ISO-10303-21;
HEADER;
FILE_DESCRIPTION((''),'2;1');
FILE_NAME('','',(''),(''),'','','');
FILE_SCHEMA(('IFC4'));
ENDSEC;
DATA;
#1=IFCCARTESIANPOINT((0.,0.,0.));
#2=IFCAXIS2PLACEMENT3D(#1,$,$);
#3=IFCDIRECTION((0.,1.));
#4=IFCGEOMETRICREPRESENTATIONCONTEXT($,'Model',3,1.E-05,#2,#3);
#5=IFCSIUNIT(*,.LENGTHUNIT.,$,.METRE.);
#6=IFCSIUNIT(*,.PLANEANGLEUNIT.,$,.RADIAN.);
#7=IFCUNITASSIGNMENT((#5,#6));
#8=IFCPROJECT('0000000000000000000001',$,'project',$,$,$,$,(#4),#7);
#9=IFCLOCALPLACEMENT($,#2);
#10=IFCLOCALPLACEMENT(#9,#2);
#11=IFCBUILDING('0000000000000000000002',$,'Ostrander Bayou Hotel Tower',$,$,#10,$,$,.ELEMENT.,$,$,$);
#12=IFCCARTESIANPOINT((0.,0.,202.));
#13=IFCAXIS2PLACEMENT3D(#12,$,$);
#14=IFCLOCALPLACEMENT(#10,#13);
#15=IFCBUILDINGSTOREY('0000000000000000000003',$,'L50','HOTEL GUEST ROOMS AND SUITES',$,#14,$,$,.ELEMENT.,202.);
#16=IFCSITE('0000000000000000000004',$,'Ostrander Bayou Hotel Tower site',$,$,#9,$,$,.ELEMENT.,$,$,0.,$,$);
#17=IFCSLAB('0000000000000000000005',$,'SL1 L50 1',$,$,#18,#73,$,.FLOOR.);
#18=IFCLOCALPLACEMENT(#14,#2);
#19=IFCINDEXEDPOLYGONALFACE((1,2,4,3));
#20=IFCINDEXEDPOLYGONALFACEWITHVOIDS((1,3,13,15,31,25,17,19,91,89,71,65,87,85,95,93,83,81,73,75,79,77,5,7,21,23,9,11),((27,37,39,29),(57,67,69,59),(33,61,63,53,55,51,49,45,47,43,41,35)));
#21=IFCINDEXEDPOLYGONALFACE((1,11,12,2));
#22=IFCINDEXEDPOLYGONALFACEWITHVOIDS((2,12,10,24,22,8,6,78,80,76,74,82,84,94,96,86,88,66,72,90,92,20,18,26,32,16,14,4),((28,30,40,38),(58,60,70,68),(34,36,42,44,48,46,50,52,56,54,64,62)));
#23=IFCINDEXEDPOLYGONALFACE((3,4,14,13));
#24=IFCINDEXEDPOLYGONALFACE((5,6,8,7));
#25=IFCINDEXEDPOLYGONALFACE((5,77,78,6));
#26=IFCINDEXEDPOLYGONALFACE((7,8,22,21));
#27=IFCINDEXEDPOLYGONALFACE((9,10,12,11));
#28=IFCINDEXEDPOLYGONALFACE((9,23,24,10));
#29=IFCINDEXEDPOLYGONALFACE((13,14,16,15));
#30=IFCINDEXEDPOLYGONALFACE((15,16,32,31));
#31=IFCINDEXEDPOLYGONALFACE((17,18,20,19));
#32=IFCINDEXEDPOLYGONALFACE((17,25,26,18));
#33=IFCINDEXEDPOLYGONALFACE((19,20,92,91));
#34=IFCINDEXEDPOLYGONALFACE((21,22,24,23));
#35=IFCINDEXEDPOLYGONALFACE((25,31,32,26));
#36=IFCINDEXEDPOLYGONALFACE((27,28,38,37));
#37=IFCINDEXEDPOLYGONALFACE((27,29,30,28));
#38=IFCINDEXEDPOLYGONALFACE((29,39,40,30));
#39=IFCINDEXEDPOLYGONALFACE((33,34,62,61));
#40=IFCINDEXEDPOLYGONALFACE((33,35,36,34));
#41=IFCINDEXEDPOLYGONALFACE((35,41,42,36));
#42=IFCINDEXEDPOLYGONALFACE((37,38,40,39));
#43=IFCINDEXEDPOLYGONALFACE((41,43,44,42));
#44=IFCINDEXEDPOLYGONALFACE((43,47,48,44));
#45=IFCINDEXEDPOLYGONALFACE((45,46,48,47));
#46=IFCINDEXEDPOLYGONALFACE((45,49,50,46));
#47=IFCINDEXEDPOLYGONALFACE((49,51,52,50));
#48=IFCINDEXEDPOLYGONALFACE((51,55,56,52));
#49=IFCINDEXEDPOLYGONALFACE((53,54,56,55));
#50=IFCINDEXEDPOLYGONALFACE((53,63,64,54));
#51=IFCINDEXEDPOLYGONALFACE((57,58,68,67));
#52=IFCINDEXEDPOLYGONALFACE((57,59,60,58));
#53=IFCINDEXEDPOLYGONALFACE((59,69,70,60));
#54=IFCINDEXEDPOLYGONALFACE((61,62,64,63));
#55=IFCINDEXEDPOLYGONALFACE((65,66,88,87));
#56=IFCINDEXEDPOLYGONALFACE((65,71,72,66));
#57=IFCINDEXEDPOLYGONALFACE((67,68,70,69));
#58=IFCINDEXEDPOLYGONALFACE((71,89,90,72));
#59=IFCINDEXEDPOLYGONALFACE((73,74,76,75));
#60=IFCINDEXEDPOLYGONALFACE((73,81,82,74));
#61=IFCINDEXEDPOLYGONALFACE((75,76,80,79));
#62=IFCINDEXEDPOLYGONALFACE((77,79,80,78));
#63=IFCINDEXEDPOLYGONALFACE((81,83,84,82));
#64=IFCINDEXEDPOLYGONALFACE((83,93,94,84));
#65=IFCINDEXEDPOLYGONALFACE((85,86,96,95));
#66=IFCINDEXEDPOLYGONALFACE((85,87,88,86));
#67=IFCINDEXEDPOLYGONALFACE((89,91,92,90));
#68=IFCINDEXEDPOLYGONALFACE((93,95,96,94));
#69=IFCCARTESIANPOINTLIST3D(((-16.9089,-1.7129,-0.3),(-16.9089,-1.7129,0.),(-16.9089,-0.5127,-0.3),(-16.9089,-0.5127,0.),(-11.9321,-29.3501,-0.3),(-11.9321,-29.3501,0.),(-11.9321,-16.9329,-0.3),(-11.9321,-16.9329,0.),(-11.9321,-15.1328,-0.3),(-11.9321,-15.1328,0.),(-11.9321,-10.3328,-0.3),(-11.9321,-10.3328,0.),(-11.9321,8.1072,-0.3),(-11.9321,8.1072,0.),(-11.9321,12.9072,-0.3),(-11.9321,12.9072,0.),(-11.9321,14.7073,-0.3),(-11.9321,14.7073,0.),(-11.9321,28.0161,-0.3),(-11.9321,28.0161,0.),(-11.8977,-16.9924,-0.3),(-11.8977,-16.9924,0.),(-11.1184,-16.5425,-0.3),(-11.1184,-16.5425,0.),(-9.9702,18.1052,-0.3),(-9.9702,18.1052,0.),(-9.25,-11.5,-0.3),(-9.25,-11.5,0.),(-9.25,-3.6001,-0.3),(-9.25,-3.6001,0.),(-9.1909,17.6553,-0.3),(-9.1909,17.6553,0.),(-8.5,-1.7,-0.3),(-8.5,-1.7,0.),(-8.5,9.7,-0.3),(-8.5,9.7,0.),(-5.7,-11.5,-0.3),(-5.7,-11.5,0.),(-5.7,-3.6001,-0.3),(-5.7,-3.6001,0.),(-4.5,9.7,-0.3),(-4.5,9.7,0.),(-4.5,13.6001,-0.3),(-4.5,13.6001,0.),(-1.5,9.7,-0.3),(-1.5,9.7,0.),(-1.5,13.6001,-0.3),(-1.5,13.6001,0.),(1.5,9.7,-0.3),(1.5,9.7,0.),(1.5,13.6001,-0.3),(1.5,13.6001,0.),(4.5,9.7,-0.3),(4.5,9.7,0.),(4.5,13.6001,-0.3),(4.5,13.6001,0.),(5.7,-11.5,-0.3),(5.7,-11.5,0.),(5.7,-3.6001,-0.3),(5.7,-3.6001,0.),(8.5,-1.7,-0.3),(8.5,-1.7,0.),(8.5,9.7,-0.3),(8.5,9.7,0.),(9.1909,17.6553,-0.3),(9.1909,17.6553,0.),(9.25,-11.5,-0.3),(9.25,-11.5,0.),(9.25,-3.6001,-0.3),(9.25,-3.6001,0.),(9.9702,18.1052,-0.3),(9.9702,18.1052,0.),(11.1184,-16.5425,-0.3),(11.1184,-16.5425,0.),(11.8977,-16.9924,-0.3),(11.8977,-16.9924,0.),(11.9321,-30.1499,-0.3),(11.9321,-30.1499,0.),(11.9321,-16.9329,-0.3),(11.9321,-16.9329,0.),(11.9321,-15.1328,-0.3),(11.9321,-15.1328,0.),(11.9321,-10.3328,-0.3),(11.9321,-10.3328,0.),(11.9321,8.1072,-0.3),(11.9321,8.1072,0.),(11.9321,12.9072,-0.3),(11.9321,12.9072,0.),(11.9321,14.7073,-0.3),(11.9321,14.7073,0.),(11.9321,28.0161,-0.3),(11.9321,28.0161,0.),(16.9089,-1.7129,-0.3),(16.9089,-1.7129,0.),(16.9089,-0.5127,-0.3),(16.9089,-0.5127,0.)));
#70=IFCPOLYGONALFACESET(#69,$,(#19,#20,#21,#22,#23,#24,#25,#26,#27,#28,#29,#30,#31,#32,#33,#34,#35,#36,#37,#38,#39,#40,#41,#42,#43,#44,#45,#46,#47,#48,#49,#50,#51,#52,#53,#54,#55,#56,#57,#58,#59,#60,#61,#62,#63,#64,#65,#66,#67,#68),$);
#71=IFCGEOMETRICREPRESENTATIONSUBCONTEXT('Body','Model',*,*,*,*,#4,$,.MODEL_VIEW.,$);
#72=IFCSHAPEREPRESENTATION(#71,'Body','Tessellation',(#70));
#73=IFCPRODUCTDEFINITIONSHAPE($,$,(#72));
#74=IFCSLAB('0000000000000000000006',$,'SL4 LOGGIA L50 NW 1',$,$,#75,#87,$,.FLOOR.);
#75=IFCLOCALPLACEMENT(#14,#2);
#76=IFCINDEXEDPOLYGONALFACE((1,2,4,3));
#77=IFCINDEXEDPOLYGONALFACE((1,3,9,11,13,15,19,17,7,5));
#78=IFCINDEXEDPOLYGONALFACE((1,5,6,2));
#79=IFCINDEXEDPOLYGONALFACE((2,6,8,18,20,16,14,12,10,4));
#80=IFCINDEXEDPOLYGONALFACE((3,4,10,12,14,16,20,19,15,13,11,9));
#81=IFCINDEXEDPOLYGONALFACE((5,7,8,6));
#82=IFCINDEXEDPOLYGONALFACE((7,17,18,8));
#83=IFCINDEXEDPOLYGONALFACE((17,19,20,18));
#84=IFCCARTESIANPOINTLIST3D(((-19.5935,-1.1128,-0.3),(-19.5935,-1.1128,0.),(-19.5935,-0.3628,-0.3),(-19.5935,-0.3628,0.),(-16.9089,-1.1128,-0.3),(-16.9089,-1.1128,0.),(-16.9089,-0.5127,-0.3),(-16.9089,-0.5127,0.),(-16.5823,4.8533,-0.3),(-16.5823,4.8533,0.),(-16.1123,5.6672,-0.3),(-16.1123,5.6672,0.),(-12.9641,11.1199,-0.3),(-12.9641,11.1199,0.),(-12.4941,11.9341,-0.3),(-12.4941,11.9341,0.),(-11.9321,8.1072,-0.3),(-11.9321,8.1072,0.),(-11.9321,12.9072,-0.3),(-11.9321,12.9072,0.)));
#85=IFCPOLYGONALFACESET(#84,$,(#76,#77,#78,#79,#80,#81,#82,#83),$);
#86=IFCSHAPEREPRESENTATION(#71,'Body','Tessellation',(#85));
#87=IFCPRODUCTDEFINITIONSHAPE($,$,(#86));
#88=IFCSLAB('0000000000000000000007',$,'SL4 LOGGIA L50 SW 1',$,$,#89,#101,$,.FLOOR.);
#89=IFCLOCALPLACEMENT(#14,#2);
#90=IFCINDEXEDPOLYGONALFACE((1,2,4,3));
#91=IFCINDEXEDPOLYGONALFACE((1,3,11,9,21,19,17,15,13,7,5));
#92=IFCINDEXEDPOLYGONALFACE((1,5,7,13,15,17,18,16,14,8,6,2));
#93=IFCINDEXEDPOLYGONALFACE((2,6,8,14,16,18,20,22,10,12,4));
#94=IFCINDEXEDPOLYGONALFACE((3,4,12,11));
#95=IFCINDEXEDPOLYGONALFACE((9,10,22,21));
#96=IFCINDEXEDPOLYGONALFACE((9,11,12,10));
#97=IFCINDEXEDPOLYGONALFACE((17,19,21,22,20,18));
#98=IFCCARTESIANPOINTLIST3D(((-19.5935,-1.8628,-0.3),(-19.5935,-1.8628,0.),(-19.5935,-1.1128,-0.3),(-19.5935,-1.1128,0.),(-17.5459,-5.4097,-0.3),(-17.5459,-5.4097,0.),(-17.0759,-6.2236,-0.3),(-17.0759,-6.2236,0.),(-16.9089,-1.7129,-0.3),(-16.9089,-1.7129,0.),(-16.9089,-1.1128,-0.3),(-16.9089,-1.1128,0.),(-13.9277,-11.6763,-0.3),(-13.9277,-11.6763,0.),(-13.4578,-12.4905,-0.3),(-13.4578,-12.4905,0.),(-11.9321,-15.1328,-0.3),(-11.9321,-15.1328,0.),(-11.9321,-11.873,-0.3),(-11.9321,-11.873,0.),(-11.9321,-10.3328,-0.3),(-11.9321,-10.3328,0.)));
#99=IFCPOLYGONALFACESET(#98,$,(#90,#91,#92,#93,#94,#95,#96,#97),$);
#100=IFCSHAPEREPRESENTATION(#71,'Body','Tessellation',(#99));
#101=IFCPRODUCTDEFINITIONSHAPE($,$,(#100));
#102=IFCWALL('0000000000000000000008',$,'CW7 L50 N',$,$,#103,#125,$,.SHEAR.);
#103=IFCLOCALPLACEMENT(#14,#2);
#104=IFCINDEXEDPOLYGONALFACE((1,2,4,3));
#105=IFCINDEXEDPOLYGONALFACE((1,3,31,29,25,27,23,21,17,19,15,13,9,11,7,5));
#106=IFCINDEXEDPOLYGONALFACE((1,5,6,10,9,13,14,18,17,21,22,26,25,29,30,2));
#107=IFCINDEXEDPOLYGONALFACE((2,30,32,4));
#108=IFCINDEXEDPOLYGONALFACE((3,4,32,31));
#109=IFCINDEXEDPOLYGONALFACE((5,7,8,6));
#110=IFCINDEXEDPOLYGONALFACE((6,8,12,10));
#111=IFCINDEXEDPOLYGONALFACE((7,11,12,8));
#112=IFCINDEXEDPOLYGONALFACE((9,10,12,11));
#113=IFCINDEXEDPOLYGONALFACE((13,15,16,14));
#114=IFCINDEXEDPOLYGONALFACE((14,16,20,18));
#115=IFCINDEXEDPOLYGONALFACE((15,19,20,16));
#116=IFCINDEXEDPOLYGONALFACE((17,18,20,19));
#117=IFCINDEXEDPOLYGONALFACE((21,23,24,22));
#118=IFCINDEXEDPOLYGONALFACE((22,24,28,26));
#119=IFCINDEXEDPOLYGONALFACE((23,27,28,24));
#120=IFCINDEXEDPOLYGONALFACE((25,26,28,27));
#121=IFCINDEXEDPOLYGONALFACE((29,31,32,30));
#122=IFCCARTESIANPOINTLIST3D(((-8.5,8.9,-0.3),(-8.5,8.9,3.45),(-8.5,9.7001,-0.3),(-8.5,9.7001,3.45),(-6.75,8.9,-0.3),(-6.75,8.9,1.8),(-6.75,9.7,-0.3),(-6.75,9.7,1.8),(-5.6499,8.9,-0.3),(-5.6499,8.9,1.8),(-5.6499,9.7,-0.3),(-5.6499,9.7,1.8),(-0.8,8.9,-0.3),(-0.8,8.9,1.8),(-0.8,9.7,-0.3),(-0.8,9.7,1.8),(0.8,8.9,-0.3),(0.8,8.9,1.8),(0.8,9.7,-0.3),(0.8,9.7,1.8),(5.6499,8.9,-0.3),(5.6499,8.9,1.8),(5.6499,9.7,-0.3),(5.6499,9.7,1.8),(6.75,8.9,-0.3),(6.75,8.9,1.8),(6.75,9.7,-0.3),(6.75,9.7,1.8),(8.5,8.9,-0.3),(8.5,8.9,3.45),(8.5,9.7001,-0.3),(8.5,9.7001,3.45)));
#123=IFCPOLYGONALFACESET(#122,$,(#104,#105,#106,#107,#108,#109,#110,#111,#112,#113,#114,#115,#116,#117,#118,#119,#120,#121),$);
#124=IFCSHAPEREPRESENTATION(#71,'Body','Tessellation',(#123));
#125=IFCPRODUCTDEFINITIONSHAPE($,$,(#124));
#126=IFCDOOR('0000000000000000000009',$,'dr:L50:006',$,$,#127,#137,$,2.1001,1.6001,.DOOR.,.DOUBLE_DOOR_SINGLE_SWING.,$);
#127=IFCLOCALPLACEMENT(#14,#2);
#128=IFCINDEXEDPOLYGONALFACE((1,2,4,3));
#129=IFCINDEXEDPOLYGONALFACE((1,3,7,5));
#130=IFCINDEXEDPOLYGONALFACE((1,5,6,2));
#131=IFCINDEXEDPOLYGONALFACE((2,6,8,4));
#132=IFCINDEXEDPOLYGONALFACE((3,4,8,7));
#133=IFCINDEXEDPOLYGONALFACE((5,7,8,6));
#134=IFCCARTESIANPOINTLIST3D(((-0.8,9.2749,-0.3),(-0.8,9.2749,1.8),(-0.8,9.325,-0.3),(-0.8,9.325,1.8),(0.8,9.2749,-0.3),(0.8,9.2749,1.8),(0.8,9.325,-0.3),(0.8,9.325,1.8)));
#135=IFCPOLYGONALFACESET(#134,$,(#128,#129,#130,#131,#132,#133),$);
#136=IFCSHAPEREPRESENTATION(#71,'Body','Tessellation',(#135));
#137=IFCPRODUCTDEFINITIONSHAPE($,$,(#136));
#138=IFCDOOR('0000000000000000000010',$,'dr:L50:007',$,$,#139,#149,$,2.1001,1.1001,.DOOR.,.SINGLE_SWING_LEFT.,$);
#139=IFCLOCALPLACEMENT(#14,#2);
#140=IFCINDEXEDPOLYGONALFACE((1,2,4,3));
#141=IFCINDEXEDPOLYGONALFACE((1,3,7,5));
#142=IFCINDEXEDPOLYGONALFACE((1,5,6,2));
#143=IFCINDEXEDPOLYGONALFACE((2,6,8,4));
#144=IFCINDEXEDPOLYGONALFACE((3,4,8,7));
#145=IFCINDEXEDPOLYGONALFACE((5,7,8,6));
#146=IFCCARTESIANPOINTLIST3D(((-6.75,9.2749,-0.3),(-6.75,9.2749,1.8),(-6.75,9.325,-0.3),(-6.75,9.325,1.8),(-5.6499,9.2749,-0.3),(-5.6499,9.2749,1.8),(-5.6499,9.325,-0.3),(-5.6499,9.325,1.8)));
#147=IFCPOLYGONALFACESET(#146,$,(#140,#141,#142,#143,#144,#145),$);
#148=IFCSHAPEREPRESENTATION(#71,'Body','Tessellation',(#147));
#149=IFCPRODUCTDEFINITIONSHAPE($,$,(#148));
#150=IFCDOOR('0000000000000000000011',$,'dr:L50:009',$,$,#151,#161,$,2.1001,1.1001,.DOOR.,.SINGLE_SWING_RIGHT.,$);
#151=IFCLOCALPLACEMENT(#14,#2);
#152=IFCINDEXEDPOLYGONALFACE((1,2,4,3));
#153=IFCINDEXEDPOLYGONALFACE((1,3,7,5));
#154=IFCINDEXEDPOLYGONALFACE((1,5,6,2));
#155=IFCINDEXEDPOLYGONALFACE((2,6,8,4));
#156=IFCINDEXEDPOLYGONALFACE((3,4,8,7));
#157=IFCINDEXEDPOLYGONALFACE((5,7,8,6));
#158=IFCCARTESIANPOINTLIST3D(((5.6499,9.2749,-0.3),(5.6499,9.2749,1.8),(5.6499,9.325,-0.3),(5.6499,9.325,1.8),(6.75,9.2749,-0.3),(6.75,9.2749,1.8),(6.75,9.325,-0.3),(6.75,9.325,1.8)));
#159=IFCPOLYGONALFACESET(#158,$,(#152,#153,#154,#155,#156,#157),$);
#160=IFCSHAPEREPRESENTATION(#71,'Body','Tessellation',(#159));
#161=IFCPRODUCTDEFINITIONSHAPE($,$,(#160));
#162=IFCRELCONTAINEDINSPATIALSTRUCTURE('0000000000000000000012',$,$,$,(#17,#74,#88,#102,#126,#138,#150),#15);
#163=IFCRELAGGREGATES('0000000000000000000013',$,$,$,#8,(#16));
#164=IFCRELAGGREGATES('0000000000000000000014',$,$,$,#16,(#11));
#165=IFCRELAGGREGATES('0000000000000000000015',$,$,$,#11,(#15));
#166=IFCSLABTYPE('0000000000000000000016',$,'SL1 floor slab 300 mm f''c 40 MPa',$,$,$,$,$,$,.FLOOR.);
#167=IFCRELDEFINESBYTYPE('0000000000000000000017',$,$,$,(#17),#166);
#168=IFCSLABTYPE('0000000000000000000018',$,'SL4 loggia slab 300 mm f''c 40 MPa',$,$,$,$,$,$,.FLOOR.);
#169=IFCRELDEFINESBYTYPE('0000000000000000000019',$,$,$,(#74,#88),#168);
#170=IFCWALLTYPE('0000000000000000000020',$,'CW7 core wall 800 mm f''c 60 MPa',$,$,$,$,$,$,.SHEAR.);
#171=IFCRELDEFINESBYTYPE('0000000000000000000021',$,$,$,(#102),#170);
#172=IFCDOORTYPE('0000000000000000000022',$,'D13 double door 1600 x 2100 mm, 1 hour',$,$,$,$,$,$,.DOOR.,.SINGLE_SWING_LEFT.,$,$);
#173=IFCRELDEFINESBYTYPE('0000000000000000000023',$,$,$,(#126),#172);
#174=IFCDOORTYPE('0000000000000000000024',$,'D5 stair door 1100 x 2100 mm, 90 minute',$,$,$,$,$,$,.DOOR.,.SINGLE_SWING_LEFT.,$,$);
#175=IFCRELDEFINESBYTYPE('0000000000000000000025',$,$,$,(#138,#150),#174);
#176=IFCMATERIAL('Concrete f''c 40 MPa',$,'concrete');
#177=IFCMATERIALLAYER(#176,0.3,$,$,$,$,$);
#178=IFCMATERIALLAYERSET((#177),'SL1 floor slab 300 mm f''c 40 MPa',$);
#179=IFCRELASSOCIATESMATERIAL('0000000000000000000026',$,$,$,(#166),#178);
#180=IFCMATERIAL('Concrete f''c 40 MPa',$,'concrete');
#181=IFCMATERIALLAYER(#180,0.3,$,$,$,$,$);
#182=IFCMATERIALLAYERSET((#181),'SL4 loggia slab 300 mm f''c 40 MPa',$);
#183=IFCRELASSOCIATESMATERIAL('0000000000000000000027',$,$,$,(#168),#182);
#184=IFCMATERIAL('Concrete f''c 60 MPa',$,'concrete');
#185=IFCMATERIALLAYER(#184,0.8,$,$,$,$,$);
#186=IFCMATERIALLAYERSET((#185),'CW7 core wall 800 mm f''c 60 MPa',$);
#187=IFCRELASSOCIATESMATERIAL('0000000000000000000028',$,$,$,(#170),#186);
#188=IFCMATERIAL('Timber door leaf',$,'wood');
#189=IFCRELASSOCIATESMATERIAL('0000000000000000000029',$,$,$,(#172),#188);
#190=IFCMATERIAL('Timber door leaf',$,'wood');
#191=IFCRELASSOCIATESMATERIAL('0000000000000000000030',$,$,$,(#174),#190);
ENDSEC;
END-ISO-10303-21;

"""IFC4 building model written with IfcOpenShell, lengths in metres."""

from ifc_helpers import new_model, si_unit, direction, frame, frame_2d, origin, place, context, subcontext, project, spatial, polyline, rectangle, outline, extrude, material, layer, layer_set, type_object, element, fill, save


model = new_model("IFC4")

# Units and contexts
model_context = context("Model", 3, precision=1e-05, world=origin(), true_north=direction((0.0, 1.0)))
body_context = subcontext(model_context, "Body", "Model", "MODEL_VIEW")
ifc_project = project(units=[si_unit("LENGTHUNIT", "METRE"), si_unit("PLANEANGLEUNIT", "RADIAN")], contexts=[model_context])

# Site, building, storey
site_placement = place(None, origin())
site = spatial("IfcSite", under=ifc_project, at=site_placement, Name="Ostrander Bayou Hotel Tower site", CompositionType="ELEMENT", RefElevation=0.0)
building_placement = place(site_placement, origin())
building = spatial("IfcBuilding", under=site, at=building_placement, Name="Ostrander Bayou Hotel Tower", CompositionType="ELEMENT")
storey_placement = place(building_placement, frame((0.0, 0.0, 202.0)))
storey = spatial("IfcBuildingStorey", under=building, at=storey_placement, Name="L50", Description="HOTEL GUEST ROOMS AND SUITES", CompositionType="ELEMENT", Elevation=202.0)

# Slabs
ifc_material_1 = material(Name="Concrete f'c 40 MPa", Category="concrete")
ifc_layer_1 = layer(ifc_material_1, 0.3)
ifc_layer_set_1 = layer_set([ifc_layer_1], Name="SL1 floor slab 300 mm f'c 40 MPa")
slab_type_1 = type_object("IfcSlabType", Name="SL1 floor slab 300 mm f'c 40 MPa", PredefinedType="FLOOR", material=ifc_layer_set_1)
slab_1_placement = place(storey_placement, frame((0.0, 0.0, -0.3)))
element("IfcSlab", 1, at=slab_1_placement, inside=storey, type_object=slab_type_1, Name="SL1 L50 1", PredefinedType="FLOOR", context=body_context, shape_type="SweptSolid", body=[
    extrude(outline(polyline([(-11.8977, -16.9924), (-11.1184, -16.5425), (-11.9321, -15.1328), (-11.9321, -10.3328), (-16.9089, -1.7129), (-16.9089, -0.5127), (-11.9321, 8.1072), (-11.9321, 12.9072), (-9.1909, 17.6553), (-9.9702, 18.1052), (-11.9321, 14.7073), (-11.9321, 28.0161), (11.9321, 28.0161), (11.9321, 14.7073), (9.9702, 18.1052), (9.1909, 17.6553), (11.9321, 12.9072), (11.9321, 8.1072), (16.9089, -0.5127), (16.9089, -1.7129), (11.9321, -10.3328), (11.9321, -15.1328), (11.1184, -16.5425), (11.8977, -16.9924), (11.9321, -16.9329), (11.9321, -30.1499), (-11.9321, -29.3501), (-11.9321, -16.9329), (-11.8977, -16.9924)]), holes=[polyline([(9.25, -3.6001), (5.7, -3.6001), (5.7, -11.5), (9.25, -11.5), (9.25, -3.6001)]), polyline([(-8.5, -1.7), (8.5, -1.7), (8.5, 9.7), (4.5, 9.7), (4.5, 13.6001), (1.5, 13.6001), (1.5, 9.7), (-1.5, 9.7), (-1.5, 13.6001), (-4.5, 13.6001), (-4.5, 9.7), (-8.5, 9.7), (-8.5, -1.7)]), polyline([(-5.7, -3.6001), (-9.25, -3.6001), (-9.25, -11.5), (-5.7, -11.5), (-5.7, -3.6001)])]), origin(), (0.0, 0.0, 1.0), 0.3),
])
ifc_material_2 = material(Name="Concrete f'c 40 MPa", Category="concrete")
ifc_layer_2 = layer(ifc_material_2, 0.3)
ifc_layer_set_2 = layer_set([ifc_layer_2], Name="SL4 loggia slab 300 mm f'c 40 MPa")
slab_type_2 = type_object("IfcSlabType", Name="SL4 loggia slab 300 mm f'c 40 MPa", PredefinedType="FLOOR", material=ifc_layer_set_2)
slab_2_placement = place(storey_placement, frame((0.0, 0.0, -0.3)))
element("IfcSlab", 2, at=slab_2_placement, inside=storey, type_object=slab_type_2, Name="SL4 LOGGIA L50 NW 1", PredefinedType="FLOOR", context=body_context, shape_type="SweptSolid", body=[
    extrude(outline(polyline([(-11.9321, 12.9072), (-11.9321, 8.1072), (-16.9089, -0.5127), (-16.9089, -1.1128), (-19.5935, -1.1128), (-19.5935, -0.3628), (-16.5823, 4.8533), (-16.1123, 5.6672), (-12.9641, 11.1199), (-12.4941, 11.9341), (-11.9321, 12.9072)])), origin(), (0.0, 0.0, 1.0), 0.3),
])
slab_3_placement = place(storey_placement, frame((0.0, 0.0, -0.3)))
element("IfcSlab", 3, at=slab_3_placement, inside=storey, type_object=slab_type_2, Name="SL4 LOGGIA L50 SW 1", PredefinedType="FLOOR", context=body_context, shape_type="SweptSolid", body=[
    extrude(outline(polyline([(-11.9321, -11.873), (-11.9321, -15.1328), (-13.4578, -12.4905), (-13.9277, -11.6763), (-17.0759, -6.2236), (-17.5459, -5.4097), (-19.5935, -1.8628), (-19.5935, -1.1128), (-16.9089, -1.1128), (-16.9089, -1.7129), (-11.9321, -10.3328), (-11.9321, -11.873)])), origin(), (0.0, 0.0, 1.0), 0.3),
])

# Wall, openings, doors
ifc_material_3 = material(Name="Concrete f'c 60 MPa", Category="concrete")
ifc_layer_3 = layer(ifc_material_3, 0.8)
ifc_layer_set_3 = layer_set([ifc_layer_3], Name="CW7 core wall 800 mm f'c 60 MPa")
wall_type_1 = type_object("IfcWallType", Name="CW7 core wall 800 mm f'c 60 MPa", PredefinedType="SHEAR", material=ifc_layer_set_3)
wall_1_placement = place(storey_placement, frame((-8.5, 9.3, -0.3), z_axis=(0.0, 0.0, 1.0), x_axis=(1.0, 0.0, 0.0)))
wall_1 = element("IfcWall", 4, at=wall_1_placement, inside=storey, type_object=wall_type_1, Name="CW7 L50 N", PredefinedType="SHEAR", context=body_context, shape_type="SweptSolid", body=[
    extrude(rectangle(XDim=17.0, YDim=0.8, at=frame_2d((8.5, 0.0))), origin(), (0.0, 0.0, 1.0), 3.75),
])
opening_1_placement = place(wall_1_placement, frame((7.7, 0.0, 0.0)))
opening_1 = element("IfcOpeningElement", 5, at=opening_1_placement, cuts=wall_1, PredefinedType="OPENING", context=body_context, shape_type="SweptSolid", body=[
    extrude(rectangle(XDim=1.6001, YDim=2.1001, at=frame_2d((0.8, 1.05))), frame((0.0, 0.3999, 0.0), z_axis=(0.0, -1.0, 0.0), x_axis=(1.0, 0.0, 0.0)), (0.0, 0.0, 1.0), 0.8),
])
opening_2_placement = place(wall_1_placement, frame((1.75, 0.0, 0.0)))
opening_2 = element("IfcOpeningElement", 6, at=opening_2_placement, cuts=wall_1, PredefinedType="OPENING", context=body_context, shape_type="SweptSolid", body=[
    extrude(rectangle(XDim=1.1001, YDim=2.1001, at=frame_2d((0.55, 1.05))), frame((0.0, 0.3999, 0.0), z_axis=(0.0, -1.0, 0.0), x_axis=(1.0, 0.0, 0.0)), (0.0, 0.0, 1.0), 0.8),
])
opening_3_placement = place(wall_1_placement, frame((14.1499, 0.0, 0.0)))
opening_3 = element("IfcOpeningElement", 7, at=opening_3_placement, cuts=wall_1, PredefinedType="OPENING", context=body_context, shape_type="SweptSolid", body=[
    extrude(rectangle(XDim=1.1001, YDim=2.1001, at=frame_2d((0.55, 1.05))), frame((0.0, 0.3999, 0.0), z_axis=(0.0, -1.0, 0.0), x_axis=(1.0, 0.0, 0.0)), (0.0, 0.0, 1.0), 0.8),
])
ifc_material_4 = material(Name="Timber door leaf", Category="wood")
door_type_1 = type_object("IfcDoorType", Name="D13 double door 1600 x 2100 mm, 1 hour", OperationType="SINGLE_SWING_LEFT", PredefinedType="DOOR", material=ifc_material_4)
door_1_placement = place(opening_1_placement, origin())
door_1 = element("IfcDoor", 8, at=door_1_placement, inside=storey, type_object=door_type_1, Name="dr:L50:006", OperationType="DOUBLE_DOOR_SINGLE_SWING", OverallHeight=2.1001, OverallWidth=1.6001, PredefinedType="DOOR", context=body_context, shape_type="SweptSolid", body=[
    extrude(rectangle(XDim=1.6001, YDim=2.1001, at=frame_2d((0.8, 1.05))), frame((0.0, 0.0249, 0.0), z_axis=(0.0, -1.0, 0.0), x_axis=(1.0, 0.0, 0.0)), (0.0, 0.0, 1.0), 0.05),
])
fill(opening_1, door_1)
ifc_material_5 = material(Name="Timber door leaf", Category="wood")
door_type_2 = type_object("IfcDoorType", Name="D5 stair door 1100 x 2100 mm, 90 minute", OperationType="SINGLE_SWING_LEFT", PredefinedType="DOOR", material=ifc_material_5)
door_2_placement = place(opening_2_placement, origin())
door_2 = element("IfcDoor", 9, at=door_2_placement, inside=storey, type_object=door_type_2, Name="dr:L50:007", OperationType="SINGLE_SWING_LEFT", OverallHeight=2.1001, OverallWidth=1.1001, PredefinedType="DOOR", context=body_context, shape_type="SweptSolid", body=[
    extrude(rectangle(XDim=1.1001, YDim=2.1001, at=frame_2d((0.55, 1.05))), frame((0.0, 0.0249, 0.0), z_axis=(0.0, -1.0, 0.0), x_axis=(1.0, 0.0, 0.0)), (0.0, 0.0, 1.0), 0.05),
])
fill(opening_2, door_2)
door_3_placement = place(opening_3_placement, origin())
door_3 = element("IfcDoor", 10, at=door_3_placement, inside=storey, type_object=door_type_2, Name="dr:L50:009", OperationType="SINGLE_SWING_RIGHT", OverallHeight=2.1001, OverallWidth=1.1001, PredefinedType="DOOR", context=body_context, shape_type="SweptSolid", body=[
    extrude(rectangle(XDim=1.1001, YDim=2.1001, at=frame_2d((0.55, 1.05))), frame((0.0, 0.0249, 0.0), z_axis=(0.0, -1.0, 0.0), x_axis=(1.0, 0.0, 0.0)), (0.0, 0.0, 1.0), 0.05),
])
fill(opening_3, door_3)

save(model, "model.ifc")
